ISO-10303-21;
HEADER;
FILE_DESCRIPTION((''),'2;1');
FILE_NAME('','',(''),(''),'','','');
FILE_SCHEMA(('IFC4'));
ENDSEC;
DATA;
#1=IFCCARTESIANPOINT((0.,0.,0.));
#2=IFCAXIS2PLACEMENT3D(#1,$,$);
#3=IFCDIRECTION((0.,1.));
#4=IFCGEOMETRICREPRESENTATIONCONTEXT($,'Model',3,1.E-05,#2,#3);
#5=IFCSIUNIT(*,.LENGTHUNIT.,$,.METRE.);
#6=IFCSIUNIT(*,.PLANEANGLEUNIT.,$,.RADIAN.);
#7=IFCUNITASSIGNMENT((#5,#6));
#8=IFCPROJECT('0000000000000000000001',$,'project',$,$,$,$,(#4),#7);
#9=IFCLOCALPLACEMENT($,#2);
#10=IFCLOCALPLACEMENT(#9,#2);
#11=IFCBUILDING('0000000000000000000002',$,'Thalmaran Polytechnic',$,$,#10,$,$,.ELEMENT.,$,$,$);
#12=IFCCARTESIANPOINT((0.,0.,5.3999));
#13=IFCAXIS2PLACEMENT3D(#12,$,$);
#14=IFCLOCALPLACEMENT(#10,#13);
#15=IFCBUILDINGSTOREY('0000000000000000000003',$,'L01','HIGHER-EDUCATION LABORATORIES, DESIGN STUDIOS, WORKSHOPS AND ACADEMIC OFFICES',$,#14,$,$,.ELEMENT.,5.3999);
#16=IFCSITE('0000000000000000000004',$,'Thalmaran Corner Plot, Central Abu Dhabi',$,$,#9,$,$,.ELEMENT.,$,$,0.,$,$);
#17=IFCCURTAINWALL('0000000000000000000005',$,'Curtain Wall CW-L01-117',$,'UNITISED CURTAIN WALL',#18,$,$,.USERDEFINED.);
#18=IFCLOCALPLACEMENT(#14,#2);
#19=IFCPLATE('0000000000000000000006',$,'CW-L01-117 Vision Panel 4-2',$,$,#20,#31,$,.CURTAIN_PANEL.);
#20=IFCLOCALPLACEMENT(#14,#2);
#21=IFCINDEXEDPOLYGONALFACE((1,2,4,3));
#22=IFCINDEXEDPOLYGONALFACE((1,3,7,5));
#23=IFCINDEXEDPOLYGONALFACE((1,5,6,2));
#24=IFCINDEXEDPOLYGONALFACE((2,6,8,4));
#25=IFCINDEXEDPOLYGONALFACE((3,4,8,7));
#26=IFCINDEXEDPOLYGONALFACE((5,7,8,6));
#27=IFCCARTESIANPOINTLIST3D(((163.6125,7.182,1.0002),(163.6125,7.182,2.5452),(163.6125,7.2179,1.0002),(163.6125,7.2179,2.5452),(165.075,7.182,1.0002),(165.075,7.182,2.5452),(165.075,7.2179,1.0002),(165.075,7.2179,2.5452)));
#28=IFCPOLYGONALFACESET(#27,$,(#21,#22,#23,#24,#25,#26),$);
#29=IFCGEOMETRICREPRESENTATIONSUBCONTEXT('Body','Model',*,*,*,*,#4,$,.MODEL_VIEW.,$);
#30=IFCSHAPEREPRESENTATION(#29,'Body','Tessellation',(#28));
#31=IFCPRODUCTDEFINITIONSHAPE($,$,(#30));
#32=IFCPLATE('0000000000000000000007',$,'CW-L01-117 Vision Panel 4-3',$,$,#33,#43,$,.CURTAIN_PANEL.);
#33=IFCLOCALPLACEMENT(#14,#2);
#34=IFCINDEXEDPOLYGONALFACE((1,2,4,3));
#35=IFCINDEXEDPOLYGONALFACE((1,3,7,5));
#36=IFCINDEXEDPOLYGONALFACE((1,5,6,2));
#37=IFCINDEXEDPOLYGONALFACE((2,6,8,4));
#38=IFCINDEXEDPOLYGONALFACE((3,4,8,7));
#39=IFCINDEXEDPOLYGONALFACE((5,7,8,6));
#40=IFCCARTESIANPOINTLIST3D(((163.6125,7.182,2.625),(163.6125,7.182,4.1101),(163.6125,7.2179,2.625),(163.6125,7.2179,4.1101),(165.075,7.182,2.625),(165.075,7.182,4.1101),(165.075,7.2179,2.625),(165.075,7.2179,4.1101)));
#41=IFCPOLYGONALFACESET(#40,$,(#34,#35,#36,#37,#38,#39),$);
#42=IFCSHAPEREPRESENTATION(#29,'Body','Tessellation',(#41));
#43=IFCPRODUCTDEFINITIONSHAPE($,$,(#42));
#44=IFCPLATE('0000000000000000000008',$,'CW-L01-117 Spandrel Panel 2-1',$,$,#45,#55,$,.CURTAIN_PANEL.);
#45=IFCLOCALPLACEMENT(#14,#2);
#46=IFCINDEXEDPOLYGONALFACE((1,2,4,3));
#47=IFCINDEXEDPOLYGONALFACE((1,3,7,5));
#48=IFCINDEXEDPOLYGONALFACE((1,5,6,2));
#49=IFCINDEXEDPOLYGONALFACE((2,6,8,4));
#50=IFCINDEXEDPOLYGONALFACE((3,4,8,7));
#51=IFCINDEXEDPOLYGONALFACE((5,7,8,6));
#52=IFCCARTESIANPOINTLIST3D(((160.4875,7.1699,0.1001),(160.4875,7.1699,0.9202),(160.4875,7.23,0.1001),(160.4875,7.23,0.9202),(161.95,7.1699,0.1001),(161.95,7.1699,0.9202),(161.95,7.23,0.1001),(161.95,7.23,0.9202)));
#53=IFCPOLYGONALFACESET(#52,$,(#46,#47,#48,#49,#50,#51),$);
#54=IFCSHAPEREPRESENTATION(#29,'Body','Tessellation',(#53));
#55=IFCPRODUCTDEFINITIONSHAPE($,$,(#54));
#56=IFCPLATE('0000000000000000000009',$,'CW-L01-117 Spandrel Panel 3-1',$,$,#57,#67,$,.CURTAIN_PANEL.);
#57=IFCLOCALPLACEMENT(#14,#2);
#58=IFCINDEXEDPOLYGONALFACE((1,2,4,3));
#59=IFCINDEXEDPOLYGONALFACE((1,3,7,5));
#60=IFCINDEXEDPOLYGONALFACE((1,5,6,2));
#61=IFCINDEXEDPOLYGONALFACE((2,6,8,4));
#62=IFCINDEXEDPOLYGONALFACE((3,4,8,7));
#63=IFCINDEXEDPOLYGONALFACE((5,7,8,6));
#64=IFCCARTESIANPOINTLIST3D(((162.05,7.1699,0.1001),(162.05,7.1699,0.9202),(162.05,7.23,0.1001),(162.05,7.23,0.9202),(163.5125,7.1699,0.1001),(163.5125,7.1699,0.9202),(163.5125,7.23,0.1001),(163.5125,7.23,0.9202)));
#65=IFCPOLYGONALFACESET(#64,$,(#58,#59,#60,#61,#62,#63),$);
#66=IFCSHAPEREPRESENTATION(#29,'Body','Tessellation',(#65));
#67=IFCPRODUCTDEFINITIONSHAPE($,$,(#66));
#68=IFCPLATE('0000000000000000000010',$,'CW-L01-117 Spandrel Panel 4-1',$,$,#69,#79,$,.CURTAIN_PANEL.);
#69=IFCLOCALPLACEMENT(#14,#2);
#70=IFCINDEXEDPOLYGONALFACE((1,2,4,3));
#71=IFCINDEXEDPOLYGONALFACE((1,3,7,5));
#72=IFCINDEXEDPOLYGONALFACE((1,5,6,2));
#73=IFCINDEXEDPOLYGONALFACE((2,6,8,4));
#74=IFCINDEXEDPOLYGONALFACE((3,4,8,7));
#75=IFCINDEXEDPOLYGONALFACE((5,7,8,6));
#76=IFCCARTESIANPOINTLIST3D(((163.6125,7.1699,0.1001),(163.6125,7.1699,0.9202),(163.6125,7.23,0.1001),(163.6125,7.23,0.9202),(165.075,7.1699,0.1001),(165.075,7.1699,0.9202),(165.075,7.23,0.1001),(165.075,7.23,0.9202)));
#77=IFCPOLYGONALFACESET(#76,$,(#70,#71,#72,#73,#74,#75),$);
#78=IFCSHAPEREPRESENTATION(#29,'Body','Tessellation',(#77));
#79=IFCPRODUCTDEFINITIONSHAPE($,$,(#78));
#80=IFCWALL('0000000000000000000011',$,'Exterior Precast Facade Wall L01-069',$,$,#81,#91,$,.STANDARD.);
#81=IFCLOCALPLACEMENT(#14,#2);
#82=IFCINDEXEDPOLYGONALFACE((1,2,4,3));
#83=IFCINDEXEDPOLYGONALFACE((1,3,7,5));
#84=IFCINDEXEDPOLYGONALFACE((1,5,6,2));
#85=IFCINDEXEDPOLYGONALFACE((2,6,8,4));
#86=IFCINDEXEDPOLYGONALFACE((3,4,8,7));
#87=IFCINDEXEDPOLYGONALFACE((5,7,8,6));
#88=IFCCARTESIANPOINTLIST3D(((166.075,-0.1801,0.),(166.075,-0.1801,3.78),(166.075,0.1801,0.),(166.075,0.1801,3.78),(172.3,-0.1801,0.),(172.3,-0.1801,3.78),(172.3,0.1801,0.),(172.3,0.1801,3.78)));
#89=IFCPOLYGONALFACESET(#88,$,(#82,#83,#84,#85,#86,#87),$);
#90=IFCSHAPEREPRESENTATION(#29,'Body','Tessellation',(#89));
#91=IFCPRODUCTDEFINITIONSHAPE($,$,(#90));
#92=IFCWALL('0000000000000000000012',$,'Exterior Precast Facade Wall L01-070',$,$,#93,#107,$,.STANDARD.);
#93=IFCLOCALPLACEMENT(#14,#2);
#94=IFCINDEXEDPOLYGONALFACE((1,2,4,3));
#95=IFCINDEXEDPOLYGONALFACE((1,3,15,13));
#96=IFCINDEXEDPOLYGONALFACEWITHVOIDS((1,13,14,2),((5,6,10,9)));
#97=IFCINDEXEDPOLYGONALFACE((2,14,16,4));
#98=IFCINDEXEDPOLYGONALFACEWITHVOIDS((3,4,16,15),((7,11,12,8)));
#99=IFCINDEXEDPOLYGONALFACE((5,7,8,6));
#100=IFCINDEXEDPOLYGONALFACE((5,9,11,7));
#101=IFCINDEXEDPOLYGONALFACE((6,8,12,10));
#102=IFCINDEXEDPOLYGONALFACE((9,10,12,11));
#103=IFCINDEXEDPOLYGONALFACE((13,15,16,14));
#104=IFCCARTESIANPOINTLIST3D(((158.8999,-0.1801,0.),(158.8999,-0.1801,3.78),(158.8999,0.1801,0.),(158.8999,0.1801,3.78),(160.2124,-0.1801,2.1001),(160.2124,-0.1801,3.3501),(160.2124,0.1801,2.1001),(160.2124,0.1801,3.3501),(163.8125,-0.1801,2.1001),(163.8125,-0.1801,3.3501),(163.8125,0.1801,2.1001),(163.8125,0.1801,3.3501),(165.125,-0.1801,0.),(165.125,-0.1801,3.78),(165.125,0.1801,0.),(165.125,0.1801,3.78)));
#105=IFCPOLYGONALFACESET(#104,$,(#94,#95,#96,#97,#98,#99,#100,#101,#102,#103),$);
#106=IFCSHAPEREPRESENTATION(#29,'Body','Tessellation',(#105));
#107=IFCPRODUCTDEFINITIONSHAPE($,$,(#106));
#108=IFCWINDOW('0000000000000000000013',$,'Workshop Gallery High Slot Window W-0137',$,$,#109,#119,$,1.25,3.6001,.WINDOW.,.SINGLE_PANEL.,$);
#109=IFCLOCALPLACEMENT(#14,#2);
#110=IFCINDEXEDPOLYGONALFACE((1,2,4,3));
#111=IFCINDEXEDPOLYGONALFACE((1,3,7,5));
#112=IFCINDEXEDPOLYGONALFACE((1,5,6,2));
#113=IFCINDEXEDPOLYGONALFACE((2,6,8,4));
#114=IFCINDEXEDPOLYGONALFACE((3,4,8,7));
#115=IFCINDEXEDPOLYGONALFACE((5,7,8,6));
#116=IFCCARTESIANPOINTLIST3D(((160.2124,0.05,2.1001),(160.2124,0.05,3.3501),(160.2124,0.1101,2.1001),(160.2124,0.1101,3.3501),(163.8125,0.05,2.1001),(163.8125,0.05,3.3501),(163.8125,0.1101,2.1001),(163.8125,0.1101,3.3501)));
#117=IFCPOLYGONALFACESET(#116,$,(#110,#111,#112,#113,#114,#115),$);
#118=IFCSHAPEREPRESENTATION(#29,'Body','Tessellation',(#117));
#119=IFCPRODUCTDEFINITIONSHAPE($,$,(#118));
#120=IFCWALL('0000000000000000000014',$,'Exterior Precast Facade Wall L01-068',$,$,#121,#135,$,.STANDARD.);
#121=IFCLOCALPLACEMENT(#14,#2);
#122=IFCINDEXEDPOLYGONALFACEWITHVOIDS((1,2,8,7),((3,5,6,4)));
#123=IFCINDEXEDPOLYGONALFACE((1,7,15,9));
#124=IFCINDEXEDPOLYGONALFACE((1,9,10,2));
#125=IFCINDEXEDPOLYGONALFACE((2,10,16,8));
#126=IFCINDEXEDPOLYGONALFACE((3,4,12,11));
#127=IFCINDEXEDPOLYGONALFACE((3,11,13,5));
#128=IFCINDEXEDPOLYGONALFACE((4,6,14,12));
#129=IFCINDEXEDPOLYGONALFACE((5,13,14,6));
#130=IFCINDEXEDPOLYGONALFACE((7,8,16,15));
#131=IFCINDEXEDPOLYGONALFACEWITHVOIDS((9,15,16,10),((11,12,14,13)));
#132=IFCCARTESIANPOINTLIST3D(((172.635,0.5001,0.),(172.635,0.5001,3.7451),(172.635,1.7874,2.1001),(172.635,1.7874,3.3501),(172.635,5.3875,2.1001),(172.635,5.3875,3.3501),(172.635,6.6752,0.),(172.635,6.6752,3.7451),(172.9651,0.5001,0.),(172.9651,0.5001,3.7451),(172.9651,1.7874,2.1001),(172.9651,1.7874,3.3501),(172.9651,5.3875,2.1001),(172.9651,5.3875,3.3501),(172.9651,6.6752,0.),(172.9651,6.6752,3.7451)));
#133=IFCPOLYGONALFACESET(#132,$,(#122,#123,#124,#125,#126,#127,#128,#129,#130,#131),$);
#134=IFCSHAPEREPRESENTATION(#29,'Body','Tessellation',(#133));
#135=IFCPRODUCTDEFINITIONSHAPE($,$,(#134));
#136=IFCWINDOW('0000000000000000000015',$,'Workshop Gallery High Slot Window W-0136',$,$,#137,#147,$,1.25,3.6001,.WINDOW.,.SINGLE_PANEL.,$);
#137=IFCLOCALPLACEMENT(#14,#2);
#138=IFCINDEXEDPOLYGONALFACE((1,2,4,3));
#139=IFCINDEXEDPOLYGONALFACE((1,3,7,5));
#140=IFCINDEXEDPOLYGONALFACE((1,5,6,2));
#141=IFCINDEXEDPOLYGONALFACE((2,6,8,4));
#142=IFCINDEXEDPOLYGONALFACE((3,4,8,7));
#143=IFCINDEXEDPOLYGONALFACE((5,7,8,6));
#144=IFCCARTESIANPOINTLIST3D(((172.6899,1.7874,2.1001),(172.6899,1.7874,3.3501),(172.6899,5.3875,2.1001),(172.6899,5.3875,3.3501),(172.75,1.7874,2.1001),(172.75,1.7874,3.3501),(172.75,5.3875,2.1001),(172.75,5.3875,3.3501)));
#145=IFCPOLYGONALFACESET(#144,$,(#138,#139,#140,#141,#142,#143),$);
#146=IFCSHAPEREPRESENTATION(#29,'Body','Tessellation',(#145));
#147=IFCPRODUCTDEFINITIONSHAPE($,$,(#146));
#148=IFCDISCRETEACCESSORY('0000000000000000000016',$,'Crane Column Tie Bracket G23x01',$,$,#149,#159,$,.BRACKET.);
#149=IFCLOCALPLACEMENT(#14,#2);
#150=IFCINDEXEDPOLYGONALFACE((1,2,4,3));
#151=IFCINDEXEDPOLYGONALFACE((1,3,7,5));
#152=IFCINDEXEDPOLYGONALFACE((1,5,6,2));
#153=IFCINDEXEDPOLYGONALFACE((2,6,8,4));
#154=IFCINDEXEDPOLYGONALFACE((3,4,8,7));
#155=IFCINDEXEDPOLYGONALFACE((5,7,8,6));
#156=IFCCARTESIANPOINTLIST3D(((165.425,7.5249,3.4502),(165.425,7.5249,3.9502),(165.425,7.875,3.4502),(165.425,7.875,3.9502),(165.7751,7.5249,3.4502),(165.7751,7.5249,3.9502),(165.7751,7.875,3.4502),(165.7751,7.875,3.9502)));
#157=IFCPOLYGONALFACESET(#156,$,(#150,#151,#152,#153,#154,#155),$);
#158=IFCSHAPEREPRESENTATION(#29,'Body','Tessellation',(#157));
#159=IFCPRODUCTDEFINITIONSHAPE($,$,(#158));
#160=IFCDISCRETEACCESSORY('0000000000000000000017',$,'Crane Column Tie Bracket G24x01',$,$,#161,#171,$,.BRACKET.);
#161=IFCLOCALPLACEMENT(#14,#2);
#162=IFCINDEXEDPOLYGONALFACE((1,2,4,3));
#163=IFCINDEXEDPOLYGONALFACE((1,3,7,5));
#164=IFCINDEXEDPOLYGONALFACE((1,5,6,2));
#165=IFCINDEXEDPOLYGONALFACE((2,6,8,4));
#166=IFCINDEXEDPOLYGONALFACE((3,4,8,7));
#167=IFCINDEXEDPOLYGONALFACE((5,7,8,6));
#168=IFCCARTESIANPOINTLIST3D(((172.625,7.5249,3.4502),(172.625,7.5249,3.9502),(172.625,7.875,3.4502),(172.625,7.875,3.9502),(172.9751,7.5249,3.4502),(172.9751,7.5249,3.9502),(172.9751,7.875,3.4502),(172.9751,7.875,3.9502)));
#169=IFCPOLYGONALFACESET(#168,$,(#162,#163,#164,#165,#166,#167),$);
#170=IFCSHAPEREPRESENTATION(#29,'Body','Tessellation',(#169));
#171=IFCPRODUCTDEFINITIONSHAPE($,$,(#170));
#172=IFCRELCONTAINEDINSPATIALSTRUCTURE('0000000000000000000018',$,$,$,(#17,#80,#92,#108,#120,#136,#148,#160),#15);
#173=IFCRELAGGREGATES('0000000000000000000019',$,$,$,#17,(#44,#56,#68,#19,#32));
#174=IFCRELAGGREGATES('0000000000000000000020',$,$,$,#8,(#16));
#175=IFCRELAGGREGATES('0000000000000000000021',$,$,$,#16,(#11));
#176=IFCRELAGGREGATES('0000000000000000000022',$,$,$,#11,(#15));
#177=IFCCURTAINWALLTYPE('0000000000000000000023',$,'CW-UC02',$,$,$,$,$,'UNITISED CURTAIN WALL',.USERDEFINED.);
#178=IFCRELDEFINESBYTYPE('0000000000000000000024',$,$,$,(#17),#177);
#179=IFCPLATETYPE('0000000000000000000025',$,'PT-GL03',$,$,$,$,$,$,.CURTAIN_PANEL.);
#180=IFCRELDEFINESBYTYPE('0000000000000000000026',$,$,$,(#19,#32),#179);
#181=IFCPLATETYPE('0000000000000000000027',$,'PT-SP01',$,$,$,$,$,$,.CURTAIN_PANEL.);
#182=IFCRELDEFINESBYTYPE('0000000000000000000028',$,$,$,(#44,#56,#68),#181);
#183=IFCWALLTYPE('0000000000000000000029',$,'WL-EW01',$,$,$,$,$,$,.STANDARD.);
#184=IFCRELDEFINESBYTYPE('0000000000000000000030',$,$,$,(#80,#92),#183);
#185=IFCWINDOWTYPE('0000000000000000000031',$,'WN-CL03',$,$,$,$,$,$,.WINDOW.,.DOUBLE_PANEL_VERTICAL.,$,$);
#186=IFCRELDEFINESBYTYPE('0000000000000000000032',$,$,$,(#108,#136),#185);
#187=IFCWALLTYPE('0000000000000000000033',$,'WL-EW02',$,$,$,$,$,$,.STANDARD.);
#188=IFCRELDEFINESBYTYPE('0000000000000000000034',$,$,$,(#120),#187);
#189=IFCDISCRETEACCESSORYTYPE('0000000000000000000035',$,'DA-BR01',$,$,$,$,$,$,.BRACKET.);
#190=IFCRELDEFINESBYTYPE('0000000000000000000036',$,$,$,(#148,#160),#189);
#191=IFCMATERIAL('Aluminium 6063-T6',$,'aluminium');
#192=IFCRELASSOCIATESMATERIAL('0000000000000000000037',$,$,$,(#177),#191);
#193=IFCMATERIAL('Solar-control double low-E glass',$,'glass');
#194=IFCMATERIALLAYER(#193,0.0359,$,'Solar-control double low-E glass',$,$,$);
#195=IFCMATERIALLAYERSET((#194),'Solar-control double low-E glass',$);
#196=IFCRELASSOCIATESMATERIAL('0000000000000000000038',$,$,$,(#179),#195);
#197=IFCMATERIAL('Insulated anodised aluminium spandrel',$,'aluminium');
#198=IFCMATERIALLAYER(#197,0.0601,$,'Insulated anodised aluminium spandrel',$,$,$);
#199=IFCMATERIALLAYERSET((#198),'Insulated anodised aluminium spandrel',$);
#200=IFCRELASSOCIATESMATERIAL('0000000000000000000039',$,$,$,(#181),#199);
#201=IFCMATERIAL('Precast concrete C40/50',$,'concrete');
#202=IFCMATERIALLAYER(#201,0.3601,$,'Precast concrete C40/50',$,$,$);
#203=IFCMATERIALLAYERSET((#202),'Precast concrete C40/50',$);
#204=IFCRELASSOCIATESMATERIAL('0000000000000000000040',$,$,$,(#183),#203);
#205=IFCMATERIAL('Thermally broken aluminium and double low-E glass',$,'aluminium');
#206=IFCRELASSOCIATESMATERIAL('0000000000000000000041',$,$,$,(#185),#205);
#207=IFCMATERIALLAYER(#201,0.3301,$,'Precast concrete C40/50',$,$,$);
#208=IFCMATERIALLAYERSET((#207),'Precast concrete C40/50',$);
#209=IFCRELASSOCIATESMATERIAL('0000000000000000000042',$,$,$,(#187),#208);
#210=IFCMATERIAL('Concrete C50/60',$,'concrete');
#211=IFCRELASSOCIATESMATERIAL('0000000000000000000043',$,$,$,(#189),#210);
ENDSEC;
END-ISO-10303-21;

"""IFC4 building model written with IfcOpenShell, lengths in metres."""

from ifc_helpers import new_model, si_unit, direction, frame, frame_2d, origin, origin_2d, place, context, subcontext, project, spatial, rectangle, extrude, material, layer, layer_set, type_object, element, fill, aggregate, save


model = new_model("IFC4")

# Units and contexts
model_context = context("Model", 3, precision=1e-05, world=origin(), true_north=direction((0.0, 1.0)))
body_context = subcontext(model_context, "Body", "Model", "MODEL_VIEW")
ifc_project = project(units=[si_unit("LENGTHUNIT", "METRE"), si_unit("PLANEANGLEUNIT", "RADIAN")], contexts=[model_context])

# Site, building, storey
site_placement = place(None, origin())
site = spatial("IfcSite", under=ifc_project, at=site_placement, Name="Thalmaran Corner Plot, Central Abu Dhabi", CompositionType="ELEMENT", RefElevation=0.0)
building_placement = place(site_placement, origin())
building = spatial("IfcBuilding", under=site, at=building_placement, Name="Thalmaran Polytechnic", CompositionType="ELEMENT")
storey_placement = place(building_placement, frame((0.0, 0.0, 5.3999)))
storey = spatial("IfcBuildingStorey", under=building, at=storey_placement, Name="L01", Description="HIGHER-EDUCATION LABORATORIES, DESIGN STUDIOS, WORKSHOPS AND ACADEMIC OFFICES", CompositionType="ELEMENT", Elevation=5.3999)

# Shared definitions
ifc_material_1 = material(Name="Concrete C50/60", Category="concrete")

# Curtain wall
ifc_material_2 = material(Name="Aluminium 6063-T6", Category="aluminium")
curtain_wall_type = type_object("IfcCurtainWallType", Name="CW-UC02", ElementType="UNITISED CURTAIN WALL", PredefinedType="USERDEFINED", material=ifc_material_2)
curtain_wall_1_placement = place(storey_placement, origin())
curtain_wall_1 = element("IfcCurtainWall", 1, at=curtain_wall_1_placement, inside=storey, type_object=curtain_wall_type, Name="Curtain Wall CW-L01-117", ObjectType="UNITISED CURTAIN WALL", PredefinedType="USERDEFINED")

# Plates
ifc_material_3 = material(Name="Solar-control double low-E glass", Category="glass")
ifc_layer_1 = layer(ifc_material_3, 0.0359, Name="Solar-control double low-E glass")
ifc_layer_set_1 = layer_set([ifc_layer_1], Name="Solar-control double low-E glass")
plate_type_1 = type_object("IfcPlateType", Name="PT-GL03", PredefinedType="CURTAIN_PANEL", material=ifc_layer_set_1)
plate_1_placement = place(storey_placement, frame((164.3438, 7.2, 1.0002), z_axis=(0.0, 0.0, 1.0), x_axis=(1.0, 0.0, 0.0)))
plate_1 = element("IfcPlate", 2, at=plate_1_placement, type_object=plate_type_1, Name="CW-L01-117 Vision Panel 4-2", PredefinedType="CURTAIN_PANEL", context=body_context, shape_type="SweptSolid", body=[
    extrude(rectangle(XDim=1.4624, YDim=0.0359, at=origin_2d()), origin(), (0.0, 0.0, 1.0), 1.5449),
])
plate_2_placement = place(storey_placement, frame((164.3438, 7.2, 2.625), z_axis=(0.0, 0.0, 1.0), x_axis=(1.0, 0.0, 0.0)))
plate_2 = element("IfcPlate", 3, at=plate_2_placement, type_object=plate_type_1, Name="CW-L01-117 Vision Panel 4-3", PredefinedType="CURTAIN_PANEL", context=body_context, shape_type="SweptSolid", body=[
    extrude(rectangle(XDim=1.4624, YDim=0.0359, at=origin_2d()), origin(), (0.0, 0.0, 1.0), 1.4851),
])
ifc_material_4 = material(Name="Insulated anodised aluminium spandrel", Category="aluminium")
ifc_layer_2 = layer(ifc_material_4, 0.0601, Name="Insulated anodised aluminium spandrel")
ifc_layer_set_2 = layer_set([ifc_layer_2], Name="Insulated anodised aluminium spandrel")
plate_type_2 = type_object("IfcPlateType", Name="PT-SP01", PredefinedType="CURTAIN_PANEL", material=ifc_layer_set_2)
plate_3_placement = place(storey_placement, frame((161.2188, 7.2, 0.1001), z_axis=(0.0, 0.0, 1.0), x_axis=(1.0, 0.0, 0.0)))
plate_3 = element("IfcPlate", 4, at=plate_3_placement, type_object=plate_type_2, Name="CW-L01-117 Spandrel Panel 2-1", PredefinedType="CURTAIN_PANEL", context=body_context, shape_type="SweptSolid", body=[
    extrude(rectangle(XDim=1.4624, YDim=0.0601, at=origin_2d()), origin(), (0.0, 0.0, 1.0), 0.8201),
])
plate_4_placement = place(storey_placement, frame((162.7812, 7.2, 0.1001), z_axis=(0.0, 0.0, 1.0), x_axis=(1.0, 0.0, 0.0)))
plate_4 = element("IfcPlate", 5, at=plate_4_placement, type_object=plate_type_2, Name="CW-L01-117 Spandrel Panel 3-1", PredefinedType="CURTAIN_PANEL", context=body_context, shape_type="SweptSolid", body=[
    extrude(rectangle(XDim=1.4624, YDim=0.0601, at=origin_2d()), origin(), (0.0, 0.0, 1.0), 0.8201),
])
plate_5_placement = place(storey_placement, frame((164.3438, 7.2, 0.1001), z_axis=(0.0, 0.0, 1.0), x_axis=(1.0, 0.0, 0.0)))
plate_5 = element("IfcPlate", 6, at=plate_5_placement, type_object=plate_type_2, Name="CW-L01-117 Spandrel Panel 4-1", PredefinedType="CURTAIN_PANEL", context=body_context, shape_type="SweptSolid", body=[
    extrude(rectangle(XDim=1.4624, YDim=0.0601, at=origin_2d()), origin(), (0.0, 0.0, 1.0), 0.8201),
])
aggregate(curtain_wall_1, [plate_3, plate_4, plate_5, plate_1, plate_2])

# Wall
ifc_material_5 = material(Name="Precast concrete C40/50", Category="concrete")
ifc_layer_3 = layer(ifc_material_5, 0.3601, Name="Precast concrete C40/50")
ifc_layer_set_3 = layer_set([ifc_layer_3], Name="Precast concrete C40/50")
wall_type_1 = type_object("IfcWallType", Name="WL-EW01", PredefinedType="STANDARD", material=ifc_layer_set_3)
wall_1_placement = place(storey_placement, frame((172.3, 0.0, 0.0), z_axis=(0.0, 0.0, 1.0), x_axis=(-1.0, 0.0, 0.0)))
element("IfcWall", 7, at=wall_1_placement, inside=storey, type_object=wall_type_1, Name="Exterior Precast Facade Wall L01-069", PredefinedType="STANDARD", context=body_context, shape_type="SweptSolid", body=[
    extrude(rectangle(XDim=6.2251, YDim=0.3601, at=frame_2d((3.1125, 0.0))), origin(), (0.0, 0.0, 1.0), 3.78),
])

# Walls, openings, windows
wall_2_placement = place(storey_placement, frame((165.125, 0.0, 0.0), z_axis=(0.0, 0.0, 1.0), x_axis=(-1.0, 0.0, 0.0)))
wall_2 = element("IfcWall", 8, at=wall_2_placement, inside=storey, type_object=wall_type_1, Name="Exterior Precast Facade Wall L01-070", PredefinedType="STANDARD", context=body_context, shape_type="SweptSolid", body=[
    extrude(rectangle(XDim=6.2251, YDim=0.3601, at=frame_2d((3.1125, 0.0))), origin(), (0.0, 0.0, 1.0), 3.78),
])
opening_1_placement = place(wall_2_placement, frame((1.3125, 0.0, 2.1001)))
opening_1 = element("IfcOpeningElement", 9, at=opening_1_placement, cuts=wall_2, PredefinedType="OPENING", context=body_context, shape_type="SweptSolid", body=[
    extrude(rectangle(XDim=3.6001, YDim=1.25, at=frame_2d((1.8, 0.625))), frame((0.0, 0.1899, 0.0), z_axis=(0.0, -1.0, 0.0), x_axis=(1.0, 0.0, 0.0)), (0.0, 0.0, 1.0), 0.3801),
])
ifc_material_6 = material(Name="Thermally broken aluminium and double low-E glass", Category="aluminium")
window_type = type_object("IfcWindowType", Name="WN-CL03", PartitioningType="DOUBLE_PANEL_VERTICAL", PredefinedType="WINDOW", material=ifc_material_6)
window_1_placement = place(opening_1_placement, origin())
window_1 = element("IfcWindow", 10, at=window_1_placement, inside=storey, type_object=window_type, Name="Workshop Gallery High Slot Window W-0137", OverallHeight=1.25, OverallWidth=3.6001, PartitioningType="SINGLE_PANEL", PredefinedType="WINDOW", context=body_context, shape_type="SweptSolid", body=[
    extrude(rectangle(XDim=3.6001, YDim=1.25, at=frame_2d((1.8, 0.625))), frame((0.0, -0.05, 0.0), z_axis=(0.0, -1.0, 0.0), x_axis=(1.0, 0.0, 0.0)), (0.0, 0.0, 1.0), 0.0601),
])
fill(opening_1, window_1)
ifc_layer_4 = layer(ifc_material_5, 0.3301, Name="Precast concrete C40/50")
ifc_layer_set_4 = layer_set([ifc_layer_4], Name="Precast concrete C40/50")
wall_type_2 = type_object("IfcWallType", Name="WL-EW02", PredefinedType="STANDARD", material=ifc_layer_set_4)
wall_3_placement = place(storey_placement, frame((172.8, 6.675, 0.0), z_axis=(0.0, 0.0, 1.0), x_axis=(0.0, -1.0, 0.0)))
wall_3 = element("IfcWall", 11, at=wall_3_placement, inside=storey, type_object=wall_type_2, Name="Exterior Precast Facade Wall L01-068", PredefinedType="STANDARD", context=body_context, shape_type="SweptSolid", body=[
    extrude(rectangle(XDim=6.175, YDim=0.3301, at=frame_2d((3.0874, 0.0))), origin(), (0.0, 0.0, 1.0), 3.7451),
])
opening_2_placement = place(wall_3_placement, frame((1.2876, 0.0, 2.1001)))
opening_2 = element("IfcOpeningElement", 12, at=opening_2_placement, cuts=wall_3, PredefinedType="OPENING", context=body_context, shape_type="SweptSolid", body=[
    extrude(rectangle(XDim=3.6001, YDim=1.25, at=frame_2d((1.8, 0.625))), frame((0.0, 0.175, 0.0), z_axis=(0.0, -1.0, 0.0), x_axis=(1.0, 0.0, 0.0)), (0.0, 0.0, 1.0), 0.3501),
])
window_2_placement = place(opening_2_placement, origin())
window_2 = element("IfcWindow", 13, at=window_2_placement, inside=storey, type_object=window_type, Name="Workshop Gallery High Slot Window W-0136", OverallHeight=1.25, OverallWidth=3.6001, PartitioningType="SINGLE_PANEL", PredefinedType="WINDOW", context=body_context, shape_type="SweptSolid", body=[
    extrude(rectangle(XDim=3.6001, YDim=1.25, at=frame_2d((1.8, 0.625))), frame((0.0, -0.05, 0.0), z_axis=(0.0, -1.0, 0.0), x_axis=(1.0, 0.0, 0.0)), (0.0, 0.0, 1.0), 0.0601),
])
fill(opening_2, window_2)

# Discrete accessories
discrete_accessory_type = type_object("IfcDiscreteAccessoryType", Name="DA-BR01", PredefinedType="BRACKET", material=ifc_material_1)
for number, where, z_axis, x_axis, name in (
    (14, (165.6001, 7.7, 3.4502), (0.0, 0.0, 1.0), (1.0, 0.0, 0.0), "Crane Column Tie Bracket G23x01"),
    (15, (172.8, 7.7, 3.4502), (0.0, 0.0, 1.0), (1.0, 0.0, 0.0), "Crane Column Tie Bracket G24x01"),
):
    element("IfcDiscreteAccessory", number, at=place(storey_placement, frame(where, z_axis=z_axis, x_axis=x_axis)), inside=storey, type_object=discrete_accessory_type, Name=name, PredefinedType="BRACKET", context=body_context, shape_type="SweptSolid", body=[
        extrude(rectangle(XDim=0.3501, YDim=0.3501, at=origin_2d()), origin(), (0.0, 0.0, 1.0), 0.5),
    ])

save(model, "model.ifc")
